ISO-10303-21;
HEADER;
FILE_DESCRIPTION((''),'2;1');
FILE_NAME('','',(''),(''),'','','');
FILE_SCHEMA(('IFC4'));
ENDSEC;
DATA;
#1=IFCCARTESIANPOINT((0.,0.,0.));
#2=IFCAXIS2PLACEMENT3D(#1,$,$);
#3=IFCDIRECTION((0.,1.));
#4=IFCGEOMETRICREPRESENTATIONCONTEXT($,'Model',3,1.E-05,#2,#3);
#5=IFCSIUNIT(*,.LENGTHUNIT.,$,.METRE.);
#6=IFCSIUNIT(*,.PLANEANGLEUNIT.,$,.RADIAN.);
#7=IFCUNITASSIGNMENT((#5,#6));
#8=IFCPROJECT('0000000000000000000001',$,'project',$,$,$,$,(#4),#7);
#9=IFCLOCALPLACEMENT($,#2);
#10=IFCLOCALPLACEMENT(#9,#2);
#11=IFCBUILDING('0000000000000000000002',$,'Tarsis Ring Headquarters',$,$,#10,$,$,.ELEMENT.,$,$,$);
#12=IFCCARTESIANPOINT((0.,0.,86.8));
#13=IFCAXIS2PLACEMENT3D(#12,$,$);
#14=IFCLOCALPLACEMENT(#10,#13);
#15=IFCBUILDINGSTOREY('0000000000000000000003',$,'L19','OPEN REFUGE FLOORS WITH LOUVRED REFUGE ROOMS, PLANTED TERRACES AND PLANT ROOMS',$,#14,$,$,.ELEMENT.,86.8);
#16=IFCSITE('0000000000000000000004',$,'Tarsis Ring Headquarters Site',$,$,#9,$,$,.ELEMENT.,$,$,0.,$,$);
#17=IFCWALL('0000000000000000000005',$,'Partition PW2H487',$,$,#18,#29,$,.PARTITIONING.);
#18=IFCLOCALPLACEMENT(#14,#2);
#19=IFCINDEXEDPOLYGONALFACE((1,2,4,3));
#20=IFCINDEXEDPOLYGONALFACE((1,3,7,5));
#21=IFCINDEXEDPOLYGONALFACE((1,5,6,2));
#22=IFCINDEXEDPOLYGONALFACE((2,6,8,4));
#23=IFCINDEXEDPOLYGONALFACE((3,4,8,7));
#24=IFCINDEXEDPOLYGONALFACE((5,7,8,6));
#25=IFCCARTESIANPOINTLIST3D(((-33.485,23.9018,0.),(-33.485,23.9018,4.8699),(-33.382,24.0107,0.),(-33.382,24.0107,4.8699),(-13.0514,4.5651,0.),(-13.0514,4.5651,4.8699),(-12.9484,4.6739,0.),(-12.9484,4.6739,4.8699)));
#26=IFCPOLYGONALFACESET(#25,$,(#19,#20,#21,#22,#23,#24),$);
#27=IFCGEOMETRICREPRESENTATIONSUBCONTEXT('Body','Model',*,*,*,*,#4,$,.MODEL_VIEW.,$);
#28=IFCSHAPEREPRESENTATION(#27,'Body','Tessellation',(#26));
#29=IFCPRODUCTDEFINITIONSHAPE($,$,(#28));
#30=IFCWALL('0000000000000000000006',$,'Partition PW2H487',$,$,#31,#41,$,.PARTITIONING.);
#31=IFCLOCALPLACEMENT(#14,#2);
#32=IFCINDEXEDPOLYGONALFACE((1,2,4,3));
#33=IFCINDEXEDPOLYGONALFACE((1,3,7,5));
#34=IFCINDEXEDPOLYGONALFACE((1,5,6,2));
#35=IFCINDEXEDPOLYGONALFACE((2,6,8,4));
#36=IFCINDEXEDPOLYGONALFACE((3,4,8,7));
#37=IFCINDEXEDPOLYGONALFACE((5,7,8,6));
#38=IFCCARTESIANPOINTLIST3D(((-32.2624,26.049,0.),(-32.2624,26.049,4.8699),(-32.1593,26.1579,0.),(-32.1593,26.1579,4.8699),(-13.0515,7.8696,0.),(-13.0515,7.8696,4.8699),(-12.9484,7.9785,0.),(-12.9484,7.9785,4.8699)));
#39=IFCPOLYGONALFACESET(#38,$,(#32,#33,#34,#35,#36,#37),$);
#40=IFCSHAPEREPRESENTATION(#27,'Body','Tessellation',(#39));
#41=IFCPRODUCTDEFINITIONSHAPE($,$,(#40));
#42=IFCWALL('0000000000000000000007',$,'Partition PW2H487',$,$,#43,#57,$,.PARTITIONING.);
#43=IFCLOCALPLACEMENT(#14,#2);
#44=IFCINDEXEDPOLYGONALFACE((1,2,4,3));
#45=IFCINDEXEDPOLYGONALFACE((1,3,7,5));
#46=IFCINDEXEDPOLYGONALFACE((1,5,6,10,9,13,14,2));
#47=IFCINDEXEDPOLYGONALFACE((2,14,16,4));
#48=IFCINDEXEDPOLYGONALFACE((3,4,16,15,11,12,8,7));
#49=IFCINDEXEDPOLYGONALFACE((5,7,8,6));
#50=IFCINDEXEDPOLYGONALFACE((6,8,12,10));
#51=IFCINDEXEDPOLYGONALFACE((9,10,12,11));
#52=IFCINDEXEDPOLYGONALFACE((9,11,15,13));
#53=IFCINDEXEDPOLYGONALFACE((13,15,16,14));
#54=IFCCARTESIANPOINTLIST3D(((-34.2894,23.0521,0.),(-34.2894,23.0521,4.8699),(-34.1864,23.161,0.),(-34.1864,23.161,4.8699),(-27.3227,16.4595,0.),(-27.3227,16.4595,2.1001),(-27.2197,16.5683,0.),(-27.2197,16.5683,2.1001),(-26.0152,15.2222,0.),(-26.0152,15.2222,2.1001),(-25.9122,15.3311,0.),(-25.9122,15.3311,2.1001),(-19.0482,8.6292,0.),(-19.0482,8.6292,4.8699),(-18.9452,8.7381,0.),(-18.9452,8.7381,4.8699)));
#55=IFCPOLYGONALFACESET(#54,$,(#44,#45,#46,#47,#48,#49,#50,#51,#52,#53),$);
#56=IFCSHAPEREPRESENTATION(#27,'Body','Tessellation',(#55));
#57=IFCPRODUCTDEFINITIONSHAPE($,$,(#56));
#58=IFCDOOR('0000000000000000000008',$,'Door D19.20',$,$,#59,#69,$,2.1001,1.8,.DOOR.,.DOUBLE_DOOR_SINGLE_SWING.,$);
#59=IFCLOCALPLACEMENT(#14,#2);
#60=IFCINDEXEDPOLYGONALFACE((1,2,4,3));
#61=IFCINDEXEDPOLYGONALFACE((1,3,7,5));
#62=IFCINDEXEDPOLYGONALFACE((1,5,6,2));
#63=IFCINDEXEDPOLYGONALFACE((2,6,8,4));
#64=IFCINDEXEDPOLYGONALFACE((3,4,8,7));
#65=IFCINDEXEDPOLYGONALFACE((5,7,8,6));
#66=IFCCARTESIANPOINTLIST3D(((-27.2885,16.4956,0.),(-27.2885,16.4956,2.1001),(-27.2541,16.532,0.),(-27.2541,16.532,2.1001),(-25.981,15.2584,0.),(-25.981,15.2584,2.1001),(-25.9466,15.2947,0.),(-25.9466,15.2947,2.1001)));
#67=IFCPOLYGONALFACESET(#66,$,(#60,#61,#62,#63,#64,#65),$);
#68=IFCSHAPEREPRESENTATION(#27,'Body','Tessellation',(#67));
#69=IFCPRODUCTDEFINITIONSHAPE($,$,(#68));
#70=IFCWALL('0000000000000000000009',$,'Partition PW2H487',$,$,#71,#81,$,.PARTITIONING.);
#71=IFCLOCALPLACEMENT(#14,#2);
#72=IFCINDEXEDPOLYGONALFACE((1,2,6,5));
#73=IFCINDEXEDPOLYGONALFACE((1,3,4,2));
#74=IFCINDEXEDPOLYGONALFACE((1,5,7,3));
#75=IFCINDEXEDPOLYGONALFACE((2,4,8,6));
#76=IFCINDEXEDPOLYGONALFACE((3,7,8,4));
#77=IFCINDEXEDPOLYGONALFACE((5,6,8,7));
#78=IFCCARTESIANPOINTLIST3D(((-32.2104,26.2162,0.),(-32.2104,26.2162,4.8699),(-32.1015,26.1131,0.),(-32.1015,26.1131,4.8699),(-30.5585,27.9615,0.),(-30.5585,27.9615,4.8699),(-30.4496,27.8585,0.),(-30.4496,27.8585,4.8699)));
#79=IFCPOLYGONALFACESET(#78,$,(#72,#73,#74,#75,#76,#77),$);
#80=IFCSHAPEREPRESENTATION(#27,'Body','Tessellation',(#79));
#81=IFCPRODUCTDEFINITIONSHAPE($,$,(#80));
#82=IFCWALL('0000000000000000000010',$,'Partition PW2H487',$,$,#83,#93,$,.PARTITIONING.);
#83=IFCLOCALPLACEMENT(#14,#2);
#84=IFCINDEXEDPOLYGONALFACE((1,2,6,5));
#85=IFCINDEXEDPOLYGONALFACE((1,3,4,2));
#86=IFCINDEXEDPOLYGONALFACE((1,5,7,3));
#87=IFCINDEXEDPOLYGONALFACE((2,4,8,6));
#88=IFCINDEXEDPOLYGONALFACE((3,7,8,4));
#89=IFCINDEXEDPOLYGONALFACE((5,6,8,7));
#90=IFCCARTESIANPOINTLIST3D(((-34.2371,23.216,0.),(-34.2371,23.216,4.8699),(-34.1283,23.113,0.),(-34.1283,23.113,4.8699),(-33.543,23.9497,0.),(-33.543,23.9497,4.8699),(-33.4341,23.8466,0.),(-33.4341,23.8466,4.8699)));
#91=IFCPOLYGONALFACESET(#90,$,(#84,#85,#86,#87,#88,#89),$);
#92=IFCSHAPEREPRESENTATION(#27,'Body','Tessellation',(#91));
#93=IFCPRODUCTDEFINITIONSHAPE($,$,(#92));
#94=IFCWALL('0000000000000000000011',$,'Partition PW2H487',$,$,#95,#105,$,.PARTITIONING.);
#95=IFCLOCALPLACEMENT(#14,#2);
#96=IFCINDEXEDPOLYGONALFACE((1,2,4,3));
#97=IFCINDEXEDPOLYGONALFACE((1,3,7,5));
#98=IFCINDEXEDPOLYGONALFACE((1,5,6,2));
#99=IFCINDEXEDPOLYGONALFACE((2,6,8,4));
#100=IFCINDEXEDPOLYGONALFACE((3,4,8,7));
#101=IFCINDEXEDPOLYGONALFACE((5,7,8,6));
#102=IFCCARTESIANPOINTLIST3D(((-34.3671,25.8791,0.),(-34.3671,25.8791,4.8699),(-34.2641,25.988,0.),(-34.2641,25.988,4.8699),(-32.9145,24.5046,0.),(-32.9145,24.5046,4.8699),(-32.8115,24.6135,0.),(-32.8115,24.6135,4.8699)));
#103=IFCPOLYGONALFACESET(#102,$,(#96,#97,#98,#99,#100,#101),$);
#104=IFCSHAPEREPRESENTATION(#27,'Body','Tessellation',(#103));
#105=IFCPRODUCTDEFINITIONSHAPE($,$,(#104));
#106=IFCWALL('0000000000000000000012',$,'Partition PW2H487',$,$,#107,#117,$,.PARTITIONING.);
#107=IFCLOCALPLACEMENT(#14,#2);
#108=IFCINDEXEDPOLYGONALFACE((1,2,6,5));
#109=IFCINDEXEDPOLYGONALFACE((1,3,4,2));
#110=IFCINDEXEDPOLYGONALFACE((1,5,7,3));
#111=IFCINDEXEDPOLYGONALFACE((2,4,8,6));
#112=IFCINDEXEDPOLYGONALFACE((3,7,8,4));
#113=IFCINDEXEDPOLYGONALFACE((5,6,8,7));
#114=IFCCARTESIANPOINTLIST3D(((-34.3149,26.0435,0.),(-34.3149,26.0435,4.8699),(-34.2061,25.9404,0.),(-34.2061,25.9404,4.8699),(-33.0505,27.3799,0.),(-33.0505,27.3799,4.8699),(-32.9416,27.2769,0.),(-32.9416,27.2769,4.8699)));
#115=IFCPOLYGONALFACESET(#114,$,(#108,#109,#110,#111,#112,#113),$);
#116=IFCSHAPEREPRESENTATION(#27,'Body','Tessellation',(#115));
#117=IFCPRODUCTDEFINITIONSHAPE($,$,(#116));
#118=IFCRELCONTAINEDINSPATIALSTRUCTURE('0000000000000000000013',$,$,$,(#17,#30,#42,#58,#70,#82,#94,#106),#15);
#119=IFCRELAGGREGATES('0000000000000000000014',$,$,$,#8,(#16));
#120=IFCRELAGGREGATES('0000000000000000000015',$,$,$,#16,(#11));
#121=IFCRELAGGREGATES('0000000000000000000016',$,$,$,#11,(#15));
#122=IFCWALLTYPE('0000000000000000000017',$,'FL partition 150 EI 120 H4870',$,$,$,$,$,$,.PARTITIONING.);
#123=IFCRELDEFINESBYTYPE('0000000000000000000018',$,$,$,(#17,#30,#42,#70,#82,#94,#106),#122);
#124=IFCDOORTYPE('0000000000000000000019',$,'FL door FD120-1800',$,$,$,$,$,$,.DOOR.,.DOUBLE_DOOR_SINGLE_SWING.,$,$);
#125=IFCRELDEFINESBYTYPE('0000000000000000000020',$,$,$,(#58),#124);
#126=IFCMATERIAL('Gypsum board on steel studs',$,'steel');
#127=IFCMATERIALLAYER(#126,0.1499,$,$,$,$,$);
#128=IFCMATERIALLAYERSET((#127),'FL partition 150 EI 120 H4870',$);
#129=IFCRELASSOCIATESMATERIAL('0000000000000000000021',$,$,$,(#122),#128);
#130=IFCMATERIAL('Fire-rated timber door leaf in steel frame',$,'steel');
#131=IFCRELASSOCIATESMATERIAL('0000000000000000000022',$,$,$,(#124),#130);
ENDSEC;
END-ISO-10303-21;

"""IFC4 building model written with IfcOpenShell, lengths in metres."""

from ifc_helpers import new_model, si_unit, direction, frame, frame_2d, origin, place, context, subcontext, project, spatial, rectangle, extrude, material, layer, layer_set, type_object, element, fill, save


model = new_model("IFC4")

# Units and contexts
model_context = context("Model", 3, precision=1e-05, world=origin(), true_north=direction((0.0, 1.0)))
body_context = subcontext(model_context, "Body", "Model", "MODEL_VIEW")
ifc_project = project(units=[si_unit("LENGTHUNIT", "METRE"), si_unit("PLANEANGLEUNIT", "RADIAN")], contexts=[model_context])

# Site, building, storey
site_placement = place(None, origin())
site = spatial("IfcSite", under=ifc_project, at=site_placement, Name="Tarsis Ring Headquarters Site", CompositionType="ELEMENT", RefElevation=0.0)
building_placement = place(site_placement, origin())
building = spatial("IfcBuilding", under=site, at=building_placement, Name="Tarsis Ring Headquarters", CompositionType="ELEMENT")
storey_placement = place(building_placement, frame((0.0, 0.0, 86.8)))
storey = spatial("IfcBuildingStorey", under=building, at=storey_placement, Name="L19", Description="OPEN REFUGE FLOORS WITH LOUVRED REFUGE ROOMS, PLANTED TERRACES AND PLANT ROOMS", CompositionType="ELEMENT", Elevation=86.8)

# Walls
ifc_material_1 = material(Name="Gypsum board on steel studs", Category="steel")
ifc_layer = layer(ifc_material_1, 0.1499)
ifc_layer_set = layer_set([ifc_layer], Name="FL partition 150 EI 120 H4870")
wall_type = type_object("IfcWallType", Name="FL partition 150 EI 120 H4870", PredefinedType="PARTITIONING", material=ifc_layer_set)
wall_1_placement = place(storey_placement, frame((-33.4336, 23.9563, 0.0), z_axis=(0.0, 0.0, 1.0), x_axis=(0.726334, -0.687342, 0.0)))
element("IfcWall", 1, at=wall_1_placement, inside=storey, type_object=wall_type, Name="Partition PW2H487", PredefinedType="PARTITIONING", context=body_context, shape_type="SweptSolid", body=[
    extrude(rectangle(XDim=28.1326, YDim=0.1499, at=frame_2d((14.0664, 0.0))), origin(), (0.0, 0.0, 1.0), 4.8699),
])
wall_2_placement = place(storey_placement, frame((-32.2109, 26.1035, 0.0), z_axis=(0.0, 0.0, 1.0), x_axis=(0.726338, -0.687338, 0.0)))
element("IfcWall", 2, at=wall_2_placement, inside=storey, type_object=wall_type, Name="Partition PW2H487", PredefinedType="PARTITIONING", context=body_context, shape_type="SweptSolid", body=[
    extrude(rectangle(XDim=26.449, YDim=0.1499, at=frame_2d((13.2246, 0.0))), origin(), (0.0, 0.0, 1.0), 4.8699),
])

# Wall, opening, door
wall_3_placement = place(storey_placement, frame((-34.2378, 23.1064, 0.0), z_axis=(0.0, 0.0, 1.0), x_axis=(0.726338, -0.687338, 0.0)))
wall_3 = element("IfcWall", 3, at=wall_3_placement, inside=storey, type_object=wall_type, Name="Partition PW2H487", PredefinedType="PARTITIONING", context=body_context, shape_type="SweptSolid", body=[
    extrude(rectangle(XDim=20.9836, YDim=0.1499, at=frame_2d((10.4917, 0.0))), origin(), (0.0, 0.0, 1.0), 4.8699),
])
opening_placement = place(wall_3_placement, frame((9.5916, 0.0, 0.0)))
opening = element("IfcOpeningElement", 4, at=opening_placement, cuts=wall_3, PredefinedType="OPENING", context=body_context, shape_type="SweptSolid", body=[
    extrude(rectangle(XDim=1.8, YDim=2.1001, at=frame_2d((0.8999, 1.05))), frame((0.0, 0.085, 0.0), z_axis=(0.0, -1.0, 0.0), x_axis=(1.0, 0.0, 0.0)), (0.0, 0.0, 1.0), 0.1699),
])
ifc_material_2 = material(Name="Fire-rated timber door leaf in steel frame", Category="steel")
door_type = type_object("IfcDoorType", Name="FL door FD120-1800", OperationType="DOUBLE_DOOR_SINGLE_SWING", PredefinedType="DOOR", material=ifc_material_2)
door_placement = place(opening_placement, origin())
door = element("IfcDoor", 5, at=door_placement, inside=storey, type_object=door_type, Name="Door D19.20", OperationType="DOUBLE_DOOR_SINGLE_SWING", OverallHeight=2.1001, OverallWidth=1.8, PredefinedType="DOOR", context=body_context, shape_type="SweptSolid", body=[
    extrude(rectangle(XDim=1.8, YDim=2.1001, at=frame_2d((0.8999, 1.05))), frame((0.0, 0.0249, 0.0), z_axis=(0.0, -1.0, 0.0), x_axis=(1.0, 0.0, 0.0)), (0.0, 0.0, 1.0), 0.05),
])
fill(opening, door)

# Walls
wall_4_placement = place(storey_placement, frame((-32.156, 26.1646, 0.0), z_axis=(0.0, 0.0, 1.0), x_axis=(0.687384, 0.726294, 0.0)))
element("IfcWall", 6, at=wall_4_placement, inside=storey, type_object=wall_type, Name="Partition PW2H487", PredefinedType="PARTITIONING", context=body_context, shape_type="SweptSolid", body=[
    extrude(rectangle(XDim=2.4031, YDim=0.1499, at=frame_2d((1.2017, 0.0))), origin(), (0.0, 0.0, 1.0), 4.8699),
])
wall_5_placement = place(storey_placement, frame((-34.1826, 23.1646, 0.0), z_axis=(0.0, 0.0, 1.0), x_axis=(0.687255, 0.726416, 0.0)))
element("IfcWall", 7, at=wall_5_placement, inside=storey, type_object=wall_type, Name="Partition PW2H487", PredefinedType="PARTITIONING", context=body_context, shape_type="SweptSolid", body=[
    extrude(rectangle(XDim=1.01, YDim=0.1499, at=frame_2d((0.5049, 0.0))), origin(), (0.0, 0.0, 1.0), 4.8699),
])
wall_6_placement = place(storey_placement, frame((-34.3157, 25.9336, 0.0), z_axis=(0.0, 0.0, 1.0), x_axis=(0.72637, -0.687304, 0.0)))
element("IfcWall", 8, at=wall_6_placement, inside=storey, type_object=wall_type, Name="Partition PW2H487", PredefinedType="PARTITIONING", context=body_context, shape_type="SweptSolid", body=[
    extrude(rectangle(XDim=1.9998, YDim=0.1499, at=frame_2d((1.0, 0.0))), origin(), (0.0, 0.0, 1.0), 4.8699),
])
wall_7_placement = place(storey_placement, frame((-34.2605, 25.9919, 0.0), z_axis=(0.0, 0.0, 1.0), x_axis=(0.687262, 0.726409, 0.0)))
element("IfcWall", 9, at=wall_7_placement, inside=storey, type_object=wall_type, Name="Partition PW2H487", PredefinedType="PARTITIONING", context=body_context, shape_type="SweptSolid", body=[
    extrude(rectangle(XDim=1.8398, YDim=0.1499, at=frame_2d((0.9199, 0.0))), origin(), (0.0, 0.0, 1.0), 4.8699),
])

save(model, "model.ifc")
